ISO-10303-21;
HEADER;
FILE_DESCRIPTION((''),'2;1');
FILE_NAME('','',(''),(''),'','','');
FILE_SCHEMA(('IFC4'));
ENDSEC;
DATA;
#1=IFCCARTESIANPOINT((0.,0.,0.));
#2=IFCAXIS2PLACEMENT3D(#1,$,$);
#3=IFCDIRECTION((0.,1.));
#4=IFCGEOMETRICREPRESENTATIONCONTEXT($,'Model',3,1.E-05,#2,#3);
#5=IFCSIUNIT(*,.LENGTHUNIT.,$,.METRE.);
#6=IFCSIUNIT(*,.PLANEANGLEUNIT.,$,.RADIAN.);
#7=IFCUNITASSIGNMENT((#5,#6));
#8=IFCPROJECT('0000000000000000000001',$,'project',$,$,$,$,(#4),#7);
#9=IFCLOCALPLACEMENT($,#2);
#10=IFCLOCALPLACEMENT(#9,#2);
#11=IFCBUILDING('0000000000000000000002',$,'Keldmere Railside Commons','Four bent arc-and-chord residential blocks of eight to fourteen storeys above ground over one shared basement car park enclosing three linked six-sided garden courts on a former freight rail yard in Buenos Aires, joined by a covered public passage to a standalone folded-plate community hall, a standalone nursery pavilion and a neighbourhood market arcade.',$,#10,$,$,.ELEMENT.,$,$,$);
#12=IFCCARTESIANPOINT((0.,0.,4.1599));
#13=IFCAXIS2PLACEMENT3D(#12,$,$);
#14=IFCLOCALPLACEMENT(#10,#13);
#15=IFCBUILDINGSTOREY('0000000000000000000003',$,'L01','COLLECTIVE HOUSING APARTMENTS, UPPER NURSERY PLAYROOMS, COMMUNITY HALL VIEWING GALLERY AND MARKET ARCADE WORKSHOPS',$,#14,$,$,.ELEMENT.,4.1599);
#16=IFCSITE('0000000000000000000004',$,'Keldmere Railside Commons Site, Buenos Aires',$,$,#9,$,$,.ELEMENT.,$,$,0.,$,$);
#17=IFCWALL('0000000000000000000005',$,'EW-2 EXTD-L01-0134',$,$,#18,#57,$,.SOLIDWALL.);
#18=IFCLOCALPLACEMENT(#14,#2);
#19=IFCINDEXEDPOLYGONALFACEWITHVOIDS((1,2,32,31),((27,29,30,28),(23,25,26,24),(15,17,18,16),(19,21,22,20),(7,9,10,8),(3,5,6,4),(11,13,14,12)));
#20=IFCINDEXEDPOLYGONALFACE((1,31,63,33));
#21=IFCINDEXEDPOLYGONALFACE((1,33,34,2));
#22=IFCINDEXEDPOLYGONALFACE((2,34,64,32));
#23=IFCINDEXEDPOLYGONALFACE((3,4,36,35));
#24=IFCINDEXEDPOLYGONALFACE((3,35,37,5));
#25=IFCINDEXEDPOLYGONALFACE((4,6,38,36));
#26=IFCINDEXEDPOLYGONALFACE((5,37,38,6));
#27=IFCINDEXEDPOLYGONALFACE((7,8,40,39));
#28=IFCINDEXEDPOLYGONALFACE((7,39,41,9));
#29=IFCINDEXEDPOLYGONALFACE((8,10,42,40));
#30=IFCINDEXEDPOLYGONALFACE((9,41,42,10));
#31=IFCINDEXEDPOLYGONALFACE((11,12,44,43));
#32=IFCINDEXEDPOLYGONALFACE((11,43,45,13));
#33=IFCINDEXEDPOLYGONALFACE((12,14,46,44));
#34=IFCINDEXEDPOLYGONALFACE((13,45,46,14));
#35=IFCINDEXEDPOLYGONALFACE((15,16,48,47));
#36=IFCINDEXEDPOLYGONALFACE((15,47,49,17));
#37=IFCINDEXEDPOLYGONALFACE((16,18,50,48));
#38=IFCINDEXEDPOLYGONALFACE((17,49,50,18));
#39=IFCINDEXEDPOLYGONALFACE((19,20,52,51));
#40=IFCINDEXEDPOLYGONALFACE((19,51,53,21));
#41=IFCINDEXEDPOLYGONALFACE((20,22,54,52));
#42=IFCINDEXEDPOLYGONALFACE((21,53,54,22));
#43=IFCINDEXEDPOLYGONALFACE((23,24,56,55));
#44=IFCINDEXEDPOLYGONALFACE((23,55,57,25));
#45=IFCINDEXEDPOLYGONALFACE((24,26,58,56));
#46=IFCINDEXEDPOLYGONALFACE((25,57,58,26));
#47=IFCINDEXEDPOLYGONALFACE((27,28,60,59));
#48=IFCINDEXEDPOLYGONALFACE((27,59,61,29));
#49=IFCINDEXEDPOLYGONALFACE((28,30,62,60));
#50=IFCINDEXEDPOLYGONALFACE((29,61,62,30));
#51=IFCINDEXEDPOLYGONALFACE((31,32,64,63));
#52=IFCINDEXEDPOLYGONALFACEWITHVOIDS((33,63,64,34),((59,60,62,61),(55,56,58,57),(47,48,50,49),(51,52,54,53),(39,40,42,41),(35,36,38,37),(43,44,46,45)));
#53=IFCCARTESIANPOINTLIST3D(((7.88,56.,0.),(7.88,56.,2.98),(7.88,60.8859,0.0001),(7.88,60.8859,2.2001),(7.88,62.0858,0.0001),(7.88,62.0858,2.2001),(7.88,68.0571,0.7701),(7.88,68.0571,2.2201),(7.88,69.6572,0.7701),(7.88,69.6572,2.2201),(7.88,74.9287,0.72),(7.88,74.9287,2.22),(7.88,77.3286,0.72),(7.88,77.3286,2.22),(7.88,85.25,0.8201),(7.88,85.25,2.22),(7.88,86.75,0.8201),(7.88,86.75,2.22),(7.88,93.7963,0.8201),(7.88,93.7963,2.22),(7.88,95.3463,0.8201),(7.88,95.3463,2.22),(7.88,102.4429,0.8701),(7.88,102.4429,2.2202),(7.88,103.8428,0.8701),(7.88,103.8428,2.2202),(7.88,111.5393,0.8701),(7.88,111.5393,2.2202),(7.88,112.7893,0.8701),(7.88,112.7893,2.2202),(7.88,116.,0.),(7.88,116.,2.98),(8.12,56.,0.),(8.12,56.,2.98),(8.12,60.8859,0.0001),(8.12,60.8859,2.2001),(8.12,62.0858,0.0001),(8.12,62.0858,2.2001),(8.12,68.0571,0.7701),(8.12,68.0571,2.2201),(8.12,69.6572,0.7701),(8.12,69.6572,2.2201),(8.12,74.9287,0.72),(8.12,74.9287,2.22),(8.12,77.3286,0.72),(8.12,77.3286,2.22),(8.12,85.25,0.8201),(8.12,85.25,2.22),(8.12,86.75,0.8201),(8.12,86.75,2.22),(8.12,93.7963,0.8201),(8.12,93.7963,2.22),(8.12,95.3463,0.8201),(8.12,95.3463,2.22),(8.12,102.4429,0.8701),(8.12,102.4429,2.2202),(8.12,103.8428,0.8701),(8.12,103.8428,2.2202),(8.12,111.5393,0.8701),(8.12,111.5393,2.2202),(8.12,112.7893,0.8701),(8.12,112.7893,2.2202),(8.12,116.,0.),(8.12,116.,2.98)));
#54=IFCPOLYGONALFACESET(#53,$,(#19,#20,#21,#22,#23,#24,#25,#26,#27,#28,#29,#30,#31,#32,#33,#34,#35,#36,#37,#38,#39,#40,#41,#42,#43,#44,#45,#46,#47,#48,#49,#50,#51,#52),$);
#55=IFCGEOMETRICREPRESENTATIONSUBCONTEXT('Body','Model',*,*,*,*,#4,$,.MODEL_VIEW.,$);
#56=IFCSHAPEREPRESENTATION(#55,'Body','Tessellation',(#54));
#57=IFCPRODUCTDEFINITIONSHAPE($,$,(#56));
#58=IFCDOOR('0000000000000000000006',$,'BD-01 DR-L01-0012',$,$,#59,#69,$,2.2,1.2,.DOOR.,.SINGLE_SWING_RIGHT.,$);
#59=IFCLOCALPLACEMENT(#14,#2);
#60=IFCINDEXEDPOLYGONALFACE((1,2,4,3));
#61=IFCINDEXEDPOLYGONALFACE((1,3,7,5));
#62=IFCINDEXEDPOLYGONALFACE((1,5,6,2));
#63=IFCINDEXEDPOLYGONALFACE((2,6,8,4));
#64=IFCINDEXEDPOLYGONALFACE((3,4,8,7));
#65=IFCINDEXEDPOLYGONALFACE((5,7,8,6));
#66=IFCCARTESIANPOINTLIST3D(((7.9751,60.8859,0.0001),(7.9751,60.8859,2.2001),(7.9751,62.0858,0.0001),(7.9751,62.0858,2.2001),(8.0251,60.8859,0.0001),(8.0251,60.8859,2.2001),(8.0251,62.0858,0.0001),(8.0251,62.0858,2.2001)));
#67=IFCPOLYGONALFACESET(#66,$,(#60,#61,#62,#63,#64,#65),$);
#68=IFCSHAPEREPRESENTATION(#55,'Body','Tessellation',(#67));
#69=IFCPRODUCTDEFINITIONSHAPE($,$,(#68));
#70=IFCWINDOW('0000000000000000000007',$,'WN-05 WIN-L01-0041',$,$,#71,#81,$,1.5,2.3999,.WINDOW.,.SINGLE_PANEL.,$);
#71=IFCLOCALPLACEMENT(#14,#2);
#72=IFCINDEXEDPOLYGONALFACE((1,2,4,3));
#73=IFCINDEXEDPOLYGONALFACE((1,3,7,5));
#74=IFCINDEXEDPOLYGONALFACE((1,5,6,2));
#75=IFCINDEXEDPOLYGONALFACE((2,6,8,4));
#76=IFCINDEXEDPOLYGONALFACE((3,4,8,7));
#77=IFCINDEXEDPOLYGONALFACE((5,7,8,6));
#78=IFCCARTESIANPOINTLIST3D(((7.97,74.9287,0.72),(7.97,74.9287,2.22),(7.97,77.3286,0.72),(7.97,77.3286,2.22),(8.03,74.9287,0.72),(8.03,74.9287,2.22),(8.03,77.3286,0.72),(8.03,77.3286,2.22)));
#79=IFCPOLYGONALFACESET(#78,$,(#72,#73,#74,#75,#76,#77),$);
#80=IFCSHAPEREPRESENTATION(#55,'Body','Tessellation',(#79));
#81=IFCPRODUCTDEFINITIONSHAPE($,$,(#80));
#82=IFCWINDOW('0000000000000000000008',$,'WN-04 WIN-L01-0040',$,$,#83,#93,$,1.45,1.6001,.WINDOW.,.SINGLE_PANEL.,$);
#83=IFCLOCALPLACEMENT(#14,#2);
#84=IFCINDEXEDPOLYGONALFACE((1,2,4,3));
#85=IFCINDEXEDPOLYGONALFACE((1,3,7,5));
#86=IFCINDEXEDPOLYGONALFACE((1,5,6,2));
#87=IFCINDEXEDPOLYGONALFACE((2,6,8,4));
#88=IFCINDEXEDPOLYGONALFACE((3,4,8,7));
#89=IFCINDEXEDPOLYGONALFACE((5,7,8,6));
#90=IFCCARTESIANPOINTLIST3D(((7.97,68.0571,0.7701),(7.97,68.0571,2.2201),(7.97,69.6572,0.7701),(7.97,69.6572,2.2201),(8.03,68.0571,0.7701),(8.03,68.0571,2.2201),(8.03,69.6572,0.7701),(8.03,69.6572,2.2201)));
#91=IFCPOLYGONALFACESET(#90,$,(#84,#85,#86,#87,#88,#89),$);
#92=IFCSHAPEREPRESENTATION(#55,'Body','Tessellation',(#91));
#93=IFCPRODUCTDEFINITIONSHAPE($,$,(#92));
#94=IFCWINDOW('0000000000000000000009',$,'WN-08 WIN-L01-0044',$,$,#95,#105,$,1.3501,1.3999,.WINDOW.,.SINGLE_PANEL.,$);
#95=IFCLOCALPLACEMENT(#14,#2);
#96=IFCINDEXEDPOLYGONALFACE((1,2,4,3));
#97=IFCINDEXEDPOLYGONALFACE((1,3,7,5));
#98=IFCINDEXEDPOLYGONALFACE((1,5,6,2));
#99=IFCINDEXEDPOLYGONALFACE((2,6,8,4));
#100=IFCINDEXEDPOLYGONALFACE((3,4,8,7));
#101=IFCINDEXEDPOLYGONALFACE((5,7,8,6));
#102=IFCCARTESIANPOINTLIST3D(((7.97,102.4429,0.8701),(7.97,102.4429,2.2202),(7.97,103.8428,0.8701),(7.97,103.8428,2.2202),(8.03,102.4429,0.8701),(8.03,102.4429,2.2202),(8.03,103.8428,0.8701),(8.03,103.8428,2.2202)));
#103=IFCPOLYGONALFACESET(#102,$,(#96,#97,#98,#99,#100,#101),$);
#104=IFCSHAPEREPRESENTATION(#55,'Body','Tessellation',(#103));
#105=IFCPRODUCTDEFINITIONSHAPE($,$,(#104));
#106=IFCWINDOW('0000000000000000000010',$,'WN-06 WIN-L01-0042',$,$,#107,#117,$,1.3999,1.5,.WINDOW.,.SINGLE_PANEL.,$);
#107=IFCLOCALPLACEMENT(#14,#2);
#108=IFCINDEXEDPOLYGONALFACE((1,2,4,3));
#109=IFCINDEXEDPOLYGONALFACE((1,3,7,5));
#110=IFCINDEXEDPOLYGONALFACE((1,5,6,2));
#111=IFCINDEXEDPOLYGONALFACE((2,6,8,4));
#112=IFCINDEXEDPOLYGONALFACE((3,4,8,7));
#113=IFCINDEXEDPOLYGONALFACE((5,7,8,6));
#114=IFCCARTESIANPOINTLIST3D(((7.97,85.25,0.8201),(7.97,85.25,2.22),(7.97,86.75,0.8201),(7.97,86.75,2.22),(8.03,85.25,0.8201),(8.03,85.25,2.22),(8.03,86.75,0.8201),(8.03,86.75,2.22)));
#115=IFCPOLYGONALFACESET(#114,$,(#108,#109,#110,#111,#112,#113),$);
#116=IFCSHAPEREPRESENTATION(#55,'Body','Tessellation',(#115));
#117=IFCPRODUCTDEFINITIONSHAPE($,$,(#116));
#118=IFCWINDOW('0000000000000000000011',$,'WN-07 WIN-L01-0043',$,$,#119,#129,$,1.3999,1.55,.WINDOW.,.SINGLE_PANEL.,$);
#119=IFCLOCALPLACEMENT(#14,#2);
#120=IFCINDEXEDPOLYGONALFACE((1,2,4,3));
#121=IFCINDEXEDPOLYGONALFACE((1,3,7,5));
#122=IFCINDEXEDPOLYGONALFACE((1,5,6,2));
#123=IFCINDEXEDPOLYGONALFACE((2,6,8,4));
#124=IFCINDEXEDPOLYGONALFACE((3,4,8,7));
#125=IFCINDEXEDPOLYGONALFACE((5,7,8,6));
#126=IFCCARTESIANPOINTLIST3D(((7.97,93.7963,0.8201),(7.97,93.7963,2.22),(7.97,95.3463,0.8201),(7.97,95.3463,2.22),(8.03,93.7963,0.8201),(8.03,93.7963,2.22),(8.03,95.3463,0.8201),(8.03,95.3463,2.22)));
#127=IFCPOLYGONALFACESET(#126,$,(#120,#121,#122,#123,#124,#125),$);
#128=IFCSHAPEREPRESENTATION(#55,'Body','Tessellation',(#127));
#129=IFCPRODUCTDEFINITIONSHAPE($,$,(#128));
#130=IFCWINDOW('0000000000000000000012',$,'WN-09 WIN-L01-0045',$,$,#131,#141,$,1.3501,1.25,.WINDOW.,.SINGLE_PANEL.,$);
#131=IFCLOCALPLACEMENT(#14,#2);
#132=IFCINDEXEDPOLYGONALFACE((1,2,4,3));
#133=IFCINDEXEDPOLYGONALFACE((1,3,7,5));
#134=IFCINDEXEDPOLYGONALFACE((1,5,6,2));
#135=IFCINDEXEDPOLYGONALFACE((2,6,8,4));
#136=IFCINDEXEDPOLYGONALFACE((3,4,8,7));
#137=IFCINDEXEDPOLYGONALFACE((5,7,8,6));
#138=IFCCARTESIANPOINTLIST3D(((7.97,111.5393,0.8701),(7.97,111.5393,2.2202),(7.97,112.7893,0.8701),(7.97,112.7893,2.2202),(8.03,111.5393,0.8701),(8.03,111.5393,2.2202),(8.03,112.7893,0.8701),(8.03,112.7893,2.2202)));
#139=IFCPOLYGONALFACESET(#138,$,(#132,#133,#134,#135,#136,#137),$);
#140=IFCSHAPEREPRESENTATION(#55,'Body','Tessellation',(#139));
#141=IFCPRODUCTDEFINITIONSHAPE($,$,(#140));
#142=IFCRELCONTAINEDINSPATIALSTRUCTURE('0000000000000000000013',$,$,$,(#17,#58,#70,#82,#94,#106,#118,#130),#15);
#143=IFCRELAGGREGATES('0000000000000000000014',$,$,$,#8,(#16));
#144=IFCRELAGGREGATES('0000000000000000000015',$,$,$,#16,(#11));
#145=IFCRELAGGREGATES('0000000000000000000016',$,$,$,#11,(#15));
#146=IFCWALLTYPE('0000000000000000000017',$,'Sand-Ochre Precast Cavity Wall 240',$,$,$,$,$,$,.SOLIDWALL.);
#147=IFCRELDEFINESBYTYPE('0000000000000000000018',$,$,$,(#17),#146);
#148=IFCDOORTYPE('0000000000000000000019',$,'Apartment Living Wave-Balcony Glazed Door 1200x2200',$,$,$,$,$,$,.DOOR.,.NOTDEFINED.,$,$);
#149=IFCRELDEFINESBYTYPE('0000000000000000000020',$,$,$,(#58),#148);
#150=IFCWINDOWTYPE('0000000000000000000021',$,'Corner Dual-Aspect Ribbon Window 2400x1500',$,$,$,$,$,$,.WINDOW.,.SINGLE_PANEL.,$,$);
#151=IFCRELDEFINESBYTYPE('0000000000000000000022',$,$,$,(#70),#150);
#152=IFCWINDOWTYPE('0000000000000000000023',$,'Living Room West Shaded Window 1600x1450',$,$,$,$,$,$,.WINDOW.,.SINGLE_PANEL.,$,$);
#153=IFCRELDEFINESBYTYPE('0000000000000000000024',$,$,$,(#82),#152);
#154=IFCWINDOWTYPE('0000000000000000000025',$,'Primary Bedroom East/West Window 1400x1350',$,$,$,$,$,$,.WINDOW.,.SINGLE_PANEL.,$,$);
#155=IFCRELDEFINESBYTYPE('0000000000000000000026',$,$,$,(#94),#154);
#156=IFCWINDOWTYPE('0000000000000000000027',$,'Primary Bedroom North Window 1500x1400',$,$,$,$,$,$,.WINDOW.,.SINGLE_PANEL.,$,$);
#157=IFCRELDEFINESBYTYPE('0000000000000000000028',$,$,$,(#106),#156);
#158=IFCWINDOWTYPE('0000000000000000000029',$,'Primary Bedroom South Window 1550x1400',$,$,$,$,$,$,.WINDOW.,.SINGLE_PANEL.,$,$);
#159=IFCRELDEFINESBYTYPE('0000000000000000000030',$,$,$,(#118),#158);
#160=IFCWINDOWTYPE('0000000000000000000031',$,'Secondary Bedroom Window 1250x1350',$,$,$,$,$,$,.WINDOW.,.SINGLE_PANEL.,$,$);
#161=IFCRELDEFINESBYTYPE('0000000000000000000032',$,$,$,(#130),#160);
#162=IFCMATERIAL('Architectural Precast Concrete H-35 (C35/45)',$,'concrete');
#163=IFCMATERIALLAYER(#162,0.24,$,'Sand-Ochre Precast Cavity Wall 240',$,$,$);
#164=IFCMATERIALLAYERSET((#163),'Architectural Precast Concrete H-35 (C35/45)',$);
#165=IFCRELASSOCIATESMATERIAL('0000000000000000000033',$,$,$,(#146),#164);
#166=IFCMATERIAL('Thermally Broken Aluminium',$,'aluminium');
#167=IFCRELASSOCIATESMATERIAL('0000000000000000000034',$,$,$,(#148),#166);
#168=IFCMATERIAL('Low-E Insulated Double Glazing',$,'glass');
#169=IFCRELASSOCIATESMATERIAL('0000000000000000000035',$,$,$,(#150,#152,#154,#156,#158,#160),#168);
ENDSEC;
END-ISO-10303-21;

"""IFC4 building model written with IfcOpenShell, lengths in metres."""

from ifc_helpers import new_model, si_unit, direction, frame, frame_2d, origin, place, context, subcontext, project, spatial, rectangle, extrude, material, layer, layer_set, type_object, element, fill, save


model = new_model("IFC4")

# Units and contexts
model_context = context("Model", 3, precision=1e-05, world=origin(), true_north=direction((0.0, 1.0)))
body_context = subcontext(model_context, "Body", "Model", "MODEL_VIEW")
ifc_project = project(units=[si_unit("LENGTHUNIT", "METRE"), si_unit("PLANEANGLEUNIT", "RADIAN")], contexts=[model_context])

# Site, building, storey
site_placement = place(None, origin())
site = spatial("IfcSite", under=ifc_project, at=site_placement, Name="Keldmere Railside Commons Site, Buenos Aires", CompositionType="ELEMENT", RefElevation=0.0)
building_placement = place(site_placement, origin())
building = spatial("IfcBuilding", under=site, at=building_placement, Name="Keldmere Railside Commons", Description="Four bent arc-and-chord residential blocks of eight to fourteen storeys above ground over one shared basement car park enclosing three linked six-sided garden courts on a former freight rail yard in Buenos Aires, joined by a covered public passage to a standalone folded-plate community hall, a standalone nursery pavilion and a neighbourhood market arcade.", CompositionType="ELEMENT")
storey_placement = place(building_placement, frame((0.0, 0.0, 4.1599)))
storey = spatial("IfcBuildingStorey", under=building, at=storey_placement, Name="L01", Description="COLLECTIVE HOUSING APARTMENTS, UPPER NURSERY PLAYROOMS, COMMUNITY HALL VIEWING GALLERY AND MARKET ARCADE WORKSHOPS", CompositionType="ELEMENT", Elevation=4.1599)

# Wall, openings, door, windows
ifc_material_1 = material(Name="Architectural Precast Concrete H-35 (C35/45)", Category="concrete")
ifc_layer = layer(ifc_material_1, 0.24, Name="Sand-Ochre Precast Cavity Wall 240")
ifc_layer_set = layer_set([ifc_layer], Name="Architectural Precast Concrete H-35 (C35/45)")
wall_type = type_object("IfcWallType", Name="Sand-Ochre Precast Cavity Wall 240", PredefinedType="SOLIDWALL", material=ifc_layer_set)
wall_placement = place(storey_placement, frame((8.0, 56.0, 0.0), z_axis=(0.0, 0.0, 1.0), x_axis=(0.0, 1.0, 0.0)))
wall = element("IfcWall", 1, at=wall_placement, inside=storey, type_object=wall_type, Name="EW-2 EXTD-L01-0134", PredefinedType="SOLIDWALL", context=body_context, shape_type="SweptSolid", body=[
    extrude(rectangle(XDim=60.0, YDim=0.24, at=frame_2d((30.0, 0.0))), origin(), (0.0, 0.0, 1.0), 2.98),
])
opening_1_placement = place(wall_placement, frame((4.8857, 0.0, 0.0)))
opening_1 = element("IfcOpeningElement", 2, at=opening_1_placement, cuts=wall, PredefinedType="OPENING", context=body_context, shape_type="SweptSolid", body=[
    extrude(rectangle(XDim=1.2, YDim=2.2, at=frame_2d((0.6001, 1.1001))), frame((0.0, 0.1299, 0.0), z_axis=(0.0, -1.0, 0.0), x_axis=(1.0, 0.0, 0.0)), (0.0, 0.0, 1.0), 0.26),
])
opening_2_placement = place(wall_placement, frame((12.0571, 0.0, 0.77)))
opening_2 = element("IfcOpeningElement", 3, at=opening_2_placement, cuts=wall, PredefinedType="OPENING", context=body_context, shape_type="SweptSolid", body=[
    extrude(rectangle(XDim=1.6001, YDim=1.45, at=frame_2d((0.8, 0.7251))), frame((0.0, 0.1299, 0.0), z_axis=(0.0, -1.0, 0.0), x_axis=(1.0, 0.0, 0.0)), (0.0, 0.0, 1.0), 0.26),
])
opening_3_placement = place(wall_placement, frame((18.9287, 0.0, 0.72)))
opening_3 = element("IfcOpeningElement", 4, at=opening_3_placement, cuts=wall, PredefinedType="OPENING", context=body_context, shape_type="SweptSolid", body=[
    extrude(rectangle(XDim=2.3999, YDim=1.5, at=frame_2d((1.2, 0.75))), frame((0.0, 0.1299, 0.0), z_axis=(0.0, -1.0, 0.0), x_axis=(1.0, 0.0, 0.0)), (0.0, 0.0, 1.0), 0.26),
])
opening_4_placement = place(wall_placement, frame((29.25, 0.0, 0.8201)))
opening_4 = element("IfcOpeningElement", 5, at=opening_4_placement, cuts=wall, PredefinedType="OPENING", context=body_context, shape_type="SweptSolid", body=[
    extrude(rectangle(XDim=1.5, YDim=1.3999, at=frame_2d((0.75, 0.7))), frame((0.0, 0.1299, 0.0), z_axis=(0.0, -1.0, 0.0), x_axis=(1.0, 0.0, 0.0)), (0.0, 0.0, 1.0), 0.26),
])
opening_5_placement = place(wall_placement, frame((37.7964, 0.0, 0.8201)))
opening_5 = element("IfcOpeningElement", 6, at=opening_5_placement, cuts=wall, PredefinedType="OPENING", context=body_context, shape_type="SweptSolid", body=[
    extrude(rectangle(XDim=1.55, YDim=1.3999, at=frame_2d((0.7749, 0.7))), frame((0.0, 0.1299, 0.0), z_axis=(0.0, -1.0, 0.0), x_axis=(1.0, 0.0, 0.0)), (0.0, 0.0, 1.0), 0.26),
])
opening_6_placement = place(wall_placement, frame((46.4429, 0.0, 0.8701)))
opening_6 = element("IfcOpeningElement", 7, at=opening_6_placement, cuts=wall, PredefinedType="OPENING", context=body_context, shape_type="SweptSolid", body=[
    extrude(rectangle(XDim=1.3999, YDim=1.3501, at=frame_2d((0.7, 0.675))), frame((0.0, 0.1299, 0.0), z_axis=(0.0, -1.0, 0.0), x_axis=(1.0, 0.0, 0.0)), (0.0, 0.0, 1.0), 0.26),
])
opening_7_placement = place(wall_placement, frame((55.5393, 0.0, 0.8701)))
opening_7 = element("IfcOpeningElement", 8, at=opening_7_placement, cuts=wall, PredefinedType="OPENING", context=body_context, shape_type="SweptSolid", body=[
    extrude(rectangle(XDim=1.25, YDim=1.3501, at=frame_2d((0.625, 0.675))), frame((0.0, 0.1299, 0.0), z_axis=(0.0, -1.0, 0.0), x_axis=(1.0, 0.0, 0.0)), (0.0, 0.0, 1.0), 0.26),
])
ifc_material_2 = material(Name="Thermally Broken Aluminium", Category="aluminium")
door_type = type_object("IfcDoorType", Name="Apartment Living Wave-Balcony Glazed Door 1200x2200", OperationType="NOTDEFINED", PredefinedType="DOOR", material=ifc_material_2)
door_placement = place(opening_1_placement, origin())
door = element("IfcDoor", 9, at=door_placement, inside=storey, type_object=door_type, Name="BD-01 DR-L01-0012", OperationType="SINGLE_SWING_RIGHT", OverallHeight=2.2, OverallWidth=1.2, PredefinedType="DOOR", context=body_context, shape_type="SweptSolid", body=[
    extrude(rectangle(XDim=1.2, YDim=2.2, at=frame_2d((0.6001, 1.1001))), frame((0.0, 0.0249, 0.0), z_axis=(0.0, -1.0, 0.0), x_axis=(1.0, 0.0, 0.0)), (0.0, 0.0, 1.0), 0.05),
])
fill(opening_1, door)
ifc_material_3 = material(Name="Low-E Insulated Double Glazing", Category="glass")
window_type_1 = type_object("IfcWindowType", Name="Corner Dual-Aspect Ribbon Window 2400x1500", PartitioningType="SINGLE_PANEL", PredefinedType="WINDOW", material=ifc_material_3)
window_1_placement = place(opening_3_placement, origin())
window_1 = element("IfcWindow", 10, at=window_1_placement, inside=storey, type_object=window_type_1, Name="WN-05 WIN-L01-0041", OverallHeight=1.5, OverallWidth=2.3999, PartitioningType="SINGLE_PANEL", PredefinedType="WINDOW", context=body_context, shape_type="SweptSolid", body=[
    extrude(rectangle(XDim=2.3999, YDim=1.5, at=frame_2d((1.2, 0.75))), frame((0.0, 0.03, 0.0), z_axis=(0.0, -1.0, 0.0), x_axis=(1.0, 0.0, 0.0)), (0.0, 0.0, 1.0), 0.0601),
])
fill(opening_3, window_1)
window_type_2 = type_object("IfcWindowType", Name="Living Room West Shaded Window 1600x1450", PartitioningType="SINGLE_PANEL", PredefinedType="WINDOW", material=ifc_material_3)
window_2_placement = place(opening_2_placement, origin())
window_2 = element("IfcWindow", 11, at=window_2_placement, inside=storey, type_object=window_type_2, Name="WN-04 WIN-L01-0040", OverallHeight=1.45, OverallWidth=1.6001, PartitioningType="SINGLE_PANEL", PredefinedType="WINDOW", context=body_context, shape_type="SweptSolid", body=[
    extrude(rectangle(XDim=1.6001, YDim=1.45, at=frame_2d((0.8, 0.7251))), frame((0.0, 0.03, 0.0), z_axis=(0.0, -1.0, 0.0), x_axis=(1.0, 0.0, 0.0)), (0.0, 0.0, 1.0), 0.0601),
])
fill(opening_2, window_2)
window_type_3 = type_object("IfcWindowType", Name="Primary Bedroom East/West Window 1400x1350", PartitioningType="SINGLE_PANEL", PredefinedType="WINDOW", material=ifc_material_3)
window_3_placement = place(opening_6_placement, origin())
window_3 = element("IfcWindow", 12, at=window_3_placement, inside=storey, type_object=window_type_3, Name="WN-08 WIN-L01-0044", OverallHeight=1.3501, OverallWidth=1.3999, PartitioningType="SINGLE_PANEL", PredefinedType="WINDOW", context=body_context, shape_type="SweptSolid", body=[
    extrude(rectangle(XDim=1.3999, YDim=1.3501, at=frame_2d((0.7, 0.675))), frame((0.0, 0.03, 0.0), z_axis=(0.0, -1.0, 0.0), x_axis=(1.0, 0.0, 0.0)), (0.0, 0.0, 1.0), 0.0601),
])
fill(opening_6, window_3)
window_type_4 = type_object("IfcWindowType", Name="Primary Bedroom North Window 1500x1400", PartitioningType="SINGLE_PANEL", PredefinedType="WINDOW", material=ifc_material_3)
window_4_placement = place(opening_4_placement, origin())
window_4 = element("IfcWindow", 13, at=window_4_placement, inside=storey, type_object=window_type_4, Name="WN-06 WIN-L01-0042", OverallHeight=1.3999, OverallWidth=1.5, PartitioningType="SINGLE_PANEL", PredefinedType="WINDOW", context=body_context, shape_type="SweptSolid", body=[
    extrude(rectangle(XDim=1.5, YDim=1.3999, at=frame_2d((0.75, 0.7))), frame((0.0, 0.03, 0.0), z_axis=(0.0, -1.0, 0.0), x_axis=(1.0, 0.0, 0.0)), (0.0, 0.0, 1.0), 0.0601),
])
fill(opening_4, window_4)
window_type_5 = type_object("IfcWindowType", Name="Primary Bedroom South Window 1550x1400", PartitioningType="SINGLE_PANEL", PredefinedType="WINDOW", material=ifc_material_3)
window_5_placement = place(opening_5_placement, origin())
window_5 = element("IfcWindow", 14, at=window_5_placement, inside=storey, type_object=window_type_5, Name="WN-07 WIN-L01-0043", OverallHeight=1.3999, OverallWidth=1.55, PartitioningType="SINGLE_PANEL", PredefinedType="WINDOW", context=body_context, shape_type="SweptSolid", body=[
    extrude(rectangle(XDim=1.55, YDim=1.3999, at=frame_2d((0.7749, 0.7))), frame((0.0, 0.03, 0.0), z_axis=(0.0, -1.0, 0.0), x_axis=(1.0, 0.0, 0.0)), (0.0, 0.0, 1.0), 0.0601),
])
fill(opening_5, window_5)
window_type_6 = type_object("IfcWindowType", Name="Secondary Bedroom Window 1250x1350", PartitioningType="SINGLE_PANEL", PredefinedType="WINDOW", material=ifc_material_3)
window_6_placement = place(opening_7_placement, origin())
window_6 = element("IfcWindow", 15, at=window_6_placement, inside=storey, type_object=window_type_6, Name="WN-09 WIN-L01-0045", OverallHeight=1.3501, OverallWidth=1.25, PartitioningType="SINGLE_PANEL", PredefinedType="WINDOW", context=body_context, shape_type="SweptSolid", body=[
    extrude(rectangle(XDim=1.25, YDim=1.3501, at=frame_2d((0.625, 0.675))), frame((0.0, 0.03, 0.0), z_axis=(0.0, -1.0, 0.0), x_axis=(1.0, 0.0, 0.0)), (0.0, 0.0, 1.0), 0.0601),
])
fill(opening_7, window_6)

save(model, "model.ifc")
